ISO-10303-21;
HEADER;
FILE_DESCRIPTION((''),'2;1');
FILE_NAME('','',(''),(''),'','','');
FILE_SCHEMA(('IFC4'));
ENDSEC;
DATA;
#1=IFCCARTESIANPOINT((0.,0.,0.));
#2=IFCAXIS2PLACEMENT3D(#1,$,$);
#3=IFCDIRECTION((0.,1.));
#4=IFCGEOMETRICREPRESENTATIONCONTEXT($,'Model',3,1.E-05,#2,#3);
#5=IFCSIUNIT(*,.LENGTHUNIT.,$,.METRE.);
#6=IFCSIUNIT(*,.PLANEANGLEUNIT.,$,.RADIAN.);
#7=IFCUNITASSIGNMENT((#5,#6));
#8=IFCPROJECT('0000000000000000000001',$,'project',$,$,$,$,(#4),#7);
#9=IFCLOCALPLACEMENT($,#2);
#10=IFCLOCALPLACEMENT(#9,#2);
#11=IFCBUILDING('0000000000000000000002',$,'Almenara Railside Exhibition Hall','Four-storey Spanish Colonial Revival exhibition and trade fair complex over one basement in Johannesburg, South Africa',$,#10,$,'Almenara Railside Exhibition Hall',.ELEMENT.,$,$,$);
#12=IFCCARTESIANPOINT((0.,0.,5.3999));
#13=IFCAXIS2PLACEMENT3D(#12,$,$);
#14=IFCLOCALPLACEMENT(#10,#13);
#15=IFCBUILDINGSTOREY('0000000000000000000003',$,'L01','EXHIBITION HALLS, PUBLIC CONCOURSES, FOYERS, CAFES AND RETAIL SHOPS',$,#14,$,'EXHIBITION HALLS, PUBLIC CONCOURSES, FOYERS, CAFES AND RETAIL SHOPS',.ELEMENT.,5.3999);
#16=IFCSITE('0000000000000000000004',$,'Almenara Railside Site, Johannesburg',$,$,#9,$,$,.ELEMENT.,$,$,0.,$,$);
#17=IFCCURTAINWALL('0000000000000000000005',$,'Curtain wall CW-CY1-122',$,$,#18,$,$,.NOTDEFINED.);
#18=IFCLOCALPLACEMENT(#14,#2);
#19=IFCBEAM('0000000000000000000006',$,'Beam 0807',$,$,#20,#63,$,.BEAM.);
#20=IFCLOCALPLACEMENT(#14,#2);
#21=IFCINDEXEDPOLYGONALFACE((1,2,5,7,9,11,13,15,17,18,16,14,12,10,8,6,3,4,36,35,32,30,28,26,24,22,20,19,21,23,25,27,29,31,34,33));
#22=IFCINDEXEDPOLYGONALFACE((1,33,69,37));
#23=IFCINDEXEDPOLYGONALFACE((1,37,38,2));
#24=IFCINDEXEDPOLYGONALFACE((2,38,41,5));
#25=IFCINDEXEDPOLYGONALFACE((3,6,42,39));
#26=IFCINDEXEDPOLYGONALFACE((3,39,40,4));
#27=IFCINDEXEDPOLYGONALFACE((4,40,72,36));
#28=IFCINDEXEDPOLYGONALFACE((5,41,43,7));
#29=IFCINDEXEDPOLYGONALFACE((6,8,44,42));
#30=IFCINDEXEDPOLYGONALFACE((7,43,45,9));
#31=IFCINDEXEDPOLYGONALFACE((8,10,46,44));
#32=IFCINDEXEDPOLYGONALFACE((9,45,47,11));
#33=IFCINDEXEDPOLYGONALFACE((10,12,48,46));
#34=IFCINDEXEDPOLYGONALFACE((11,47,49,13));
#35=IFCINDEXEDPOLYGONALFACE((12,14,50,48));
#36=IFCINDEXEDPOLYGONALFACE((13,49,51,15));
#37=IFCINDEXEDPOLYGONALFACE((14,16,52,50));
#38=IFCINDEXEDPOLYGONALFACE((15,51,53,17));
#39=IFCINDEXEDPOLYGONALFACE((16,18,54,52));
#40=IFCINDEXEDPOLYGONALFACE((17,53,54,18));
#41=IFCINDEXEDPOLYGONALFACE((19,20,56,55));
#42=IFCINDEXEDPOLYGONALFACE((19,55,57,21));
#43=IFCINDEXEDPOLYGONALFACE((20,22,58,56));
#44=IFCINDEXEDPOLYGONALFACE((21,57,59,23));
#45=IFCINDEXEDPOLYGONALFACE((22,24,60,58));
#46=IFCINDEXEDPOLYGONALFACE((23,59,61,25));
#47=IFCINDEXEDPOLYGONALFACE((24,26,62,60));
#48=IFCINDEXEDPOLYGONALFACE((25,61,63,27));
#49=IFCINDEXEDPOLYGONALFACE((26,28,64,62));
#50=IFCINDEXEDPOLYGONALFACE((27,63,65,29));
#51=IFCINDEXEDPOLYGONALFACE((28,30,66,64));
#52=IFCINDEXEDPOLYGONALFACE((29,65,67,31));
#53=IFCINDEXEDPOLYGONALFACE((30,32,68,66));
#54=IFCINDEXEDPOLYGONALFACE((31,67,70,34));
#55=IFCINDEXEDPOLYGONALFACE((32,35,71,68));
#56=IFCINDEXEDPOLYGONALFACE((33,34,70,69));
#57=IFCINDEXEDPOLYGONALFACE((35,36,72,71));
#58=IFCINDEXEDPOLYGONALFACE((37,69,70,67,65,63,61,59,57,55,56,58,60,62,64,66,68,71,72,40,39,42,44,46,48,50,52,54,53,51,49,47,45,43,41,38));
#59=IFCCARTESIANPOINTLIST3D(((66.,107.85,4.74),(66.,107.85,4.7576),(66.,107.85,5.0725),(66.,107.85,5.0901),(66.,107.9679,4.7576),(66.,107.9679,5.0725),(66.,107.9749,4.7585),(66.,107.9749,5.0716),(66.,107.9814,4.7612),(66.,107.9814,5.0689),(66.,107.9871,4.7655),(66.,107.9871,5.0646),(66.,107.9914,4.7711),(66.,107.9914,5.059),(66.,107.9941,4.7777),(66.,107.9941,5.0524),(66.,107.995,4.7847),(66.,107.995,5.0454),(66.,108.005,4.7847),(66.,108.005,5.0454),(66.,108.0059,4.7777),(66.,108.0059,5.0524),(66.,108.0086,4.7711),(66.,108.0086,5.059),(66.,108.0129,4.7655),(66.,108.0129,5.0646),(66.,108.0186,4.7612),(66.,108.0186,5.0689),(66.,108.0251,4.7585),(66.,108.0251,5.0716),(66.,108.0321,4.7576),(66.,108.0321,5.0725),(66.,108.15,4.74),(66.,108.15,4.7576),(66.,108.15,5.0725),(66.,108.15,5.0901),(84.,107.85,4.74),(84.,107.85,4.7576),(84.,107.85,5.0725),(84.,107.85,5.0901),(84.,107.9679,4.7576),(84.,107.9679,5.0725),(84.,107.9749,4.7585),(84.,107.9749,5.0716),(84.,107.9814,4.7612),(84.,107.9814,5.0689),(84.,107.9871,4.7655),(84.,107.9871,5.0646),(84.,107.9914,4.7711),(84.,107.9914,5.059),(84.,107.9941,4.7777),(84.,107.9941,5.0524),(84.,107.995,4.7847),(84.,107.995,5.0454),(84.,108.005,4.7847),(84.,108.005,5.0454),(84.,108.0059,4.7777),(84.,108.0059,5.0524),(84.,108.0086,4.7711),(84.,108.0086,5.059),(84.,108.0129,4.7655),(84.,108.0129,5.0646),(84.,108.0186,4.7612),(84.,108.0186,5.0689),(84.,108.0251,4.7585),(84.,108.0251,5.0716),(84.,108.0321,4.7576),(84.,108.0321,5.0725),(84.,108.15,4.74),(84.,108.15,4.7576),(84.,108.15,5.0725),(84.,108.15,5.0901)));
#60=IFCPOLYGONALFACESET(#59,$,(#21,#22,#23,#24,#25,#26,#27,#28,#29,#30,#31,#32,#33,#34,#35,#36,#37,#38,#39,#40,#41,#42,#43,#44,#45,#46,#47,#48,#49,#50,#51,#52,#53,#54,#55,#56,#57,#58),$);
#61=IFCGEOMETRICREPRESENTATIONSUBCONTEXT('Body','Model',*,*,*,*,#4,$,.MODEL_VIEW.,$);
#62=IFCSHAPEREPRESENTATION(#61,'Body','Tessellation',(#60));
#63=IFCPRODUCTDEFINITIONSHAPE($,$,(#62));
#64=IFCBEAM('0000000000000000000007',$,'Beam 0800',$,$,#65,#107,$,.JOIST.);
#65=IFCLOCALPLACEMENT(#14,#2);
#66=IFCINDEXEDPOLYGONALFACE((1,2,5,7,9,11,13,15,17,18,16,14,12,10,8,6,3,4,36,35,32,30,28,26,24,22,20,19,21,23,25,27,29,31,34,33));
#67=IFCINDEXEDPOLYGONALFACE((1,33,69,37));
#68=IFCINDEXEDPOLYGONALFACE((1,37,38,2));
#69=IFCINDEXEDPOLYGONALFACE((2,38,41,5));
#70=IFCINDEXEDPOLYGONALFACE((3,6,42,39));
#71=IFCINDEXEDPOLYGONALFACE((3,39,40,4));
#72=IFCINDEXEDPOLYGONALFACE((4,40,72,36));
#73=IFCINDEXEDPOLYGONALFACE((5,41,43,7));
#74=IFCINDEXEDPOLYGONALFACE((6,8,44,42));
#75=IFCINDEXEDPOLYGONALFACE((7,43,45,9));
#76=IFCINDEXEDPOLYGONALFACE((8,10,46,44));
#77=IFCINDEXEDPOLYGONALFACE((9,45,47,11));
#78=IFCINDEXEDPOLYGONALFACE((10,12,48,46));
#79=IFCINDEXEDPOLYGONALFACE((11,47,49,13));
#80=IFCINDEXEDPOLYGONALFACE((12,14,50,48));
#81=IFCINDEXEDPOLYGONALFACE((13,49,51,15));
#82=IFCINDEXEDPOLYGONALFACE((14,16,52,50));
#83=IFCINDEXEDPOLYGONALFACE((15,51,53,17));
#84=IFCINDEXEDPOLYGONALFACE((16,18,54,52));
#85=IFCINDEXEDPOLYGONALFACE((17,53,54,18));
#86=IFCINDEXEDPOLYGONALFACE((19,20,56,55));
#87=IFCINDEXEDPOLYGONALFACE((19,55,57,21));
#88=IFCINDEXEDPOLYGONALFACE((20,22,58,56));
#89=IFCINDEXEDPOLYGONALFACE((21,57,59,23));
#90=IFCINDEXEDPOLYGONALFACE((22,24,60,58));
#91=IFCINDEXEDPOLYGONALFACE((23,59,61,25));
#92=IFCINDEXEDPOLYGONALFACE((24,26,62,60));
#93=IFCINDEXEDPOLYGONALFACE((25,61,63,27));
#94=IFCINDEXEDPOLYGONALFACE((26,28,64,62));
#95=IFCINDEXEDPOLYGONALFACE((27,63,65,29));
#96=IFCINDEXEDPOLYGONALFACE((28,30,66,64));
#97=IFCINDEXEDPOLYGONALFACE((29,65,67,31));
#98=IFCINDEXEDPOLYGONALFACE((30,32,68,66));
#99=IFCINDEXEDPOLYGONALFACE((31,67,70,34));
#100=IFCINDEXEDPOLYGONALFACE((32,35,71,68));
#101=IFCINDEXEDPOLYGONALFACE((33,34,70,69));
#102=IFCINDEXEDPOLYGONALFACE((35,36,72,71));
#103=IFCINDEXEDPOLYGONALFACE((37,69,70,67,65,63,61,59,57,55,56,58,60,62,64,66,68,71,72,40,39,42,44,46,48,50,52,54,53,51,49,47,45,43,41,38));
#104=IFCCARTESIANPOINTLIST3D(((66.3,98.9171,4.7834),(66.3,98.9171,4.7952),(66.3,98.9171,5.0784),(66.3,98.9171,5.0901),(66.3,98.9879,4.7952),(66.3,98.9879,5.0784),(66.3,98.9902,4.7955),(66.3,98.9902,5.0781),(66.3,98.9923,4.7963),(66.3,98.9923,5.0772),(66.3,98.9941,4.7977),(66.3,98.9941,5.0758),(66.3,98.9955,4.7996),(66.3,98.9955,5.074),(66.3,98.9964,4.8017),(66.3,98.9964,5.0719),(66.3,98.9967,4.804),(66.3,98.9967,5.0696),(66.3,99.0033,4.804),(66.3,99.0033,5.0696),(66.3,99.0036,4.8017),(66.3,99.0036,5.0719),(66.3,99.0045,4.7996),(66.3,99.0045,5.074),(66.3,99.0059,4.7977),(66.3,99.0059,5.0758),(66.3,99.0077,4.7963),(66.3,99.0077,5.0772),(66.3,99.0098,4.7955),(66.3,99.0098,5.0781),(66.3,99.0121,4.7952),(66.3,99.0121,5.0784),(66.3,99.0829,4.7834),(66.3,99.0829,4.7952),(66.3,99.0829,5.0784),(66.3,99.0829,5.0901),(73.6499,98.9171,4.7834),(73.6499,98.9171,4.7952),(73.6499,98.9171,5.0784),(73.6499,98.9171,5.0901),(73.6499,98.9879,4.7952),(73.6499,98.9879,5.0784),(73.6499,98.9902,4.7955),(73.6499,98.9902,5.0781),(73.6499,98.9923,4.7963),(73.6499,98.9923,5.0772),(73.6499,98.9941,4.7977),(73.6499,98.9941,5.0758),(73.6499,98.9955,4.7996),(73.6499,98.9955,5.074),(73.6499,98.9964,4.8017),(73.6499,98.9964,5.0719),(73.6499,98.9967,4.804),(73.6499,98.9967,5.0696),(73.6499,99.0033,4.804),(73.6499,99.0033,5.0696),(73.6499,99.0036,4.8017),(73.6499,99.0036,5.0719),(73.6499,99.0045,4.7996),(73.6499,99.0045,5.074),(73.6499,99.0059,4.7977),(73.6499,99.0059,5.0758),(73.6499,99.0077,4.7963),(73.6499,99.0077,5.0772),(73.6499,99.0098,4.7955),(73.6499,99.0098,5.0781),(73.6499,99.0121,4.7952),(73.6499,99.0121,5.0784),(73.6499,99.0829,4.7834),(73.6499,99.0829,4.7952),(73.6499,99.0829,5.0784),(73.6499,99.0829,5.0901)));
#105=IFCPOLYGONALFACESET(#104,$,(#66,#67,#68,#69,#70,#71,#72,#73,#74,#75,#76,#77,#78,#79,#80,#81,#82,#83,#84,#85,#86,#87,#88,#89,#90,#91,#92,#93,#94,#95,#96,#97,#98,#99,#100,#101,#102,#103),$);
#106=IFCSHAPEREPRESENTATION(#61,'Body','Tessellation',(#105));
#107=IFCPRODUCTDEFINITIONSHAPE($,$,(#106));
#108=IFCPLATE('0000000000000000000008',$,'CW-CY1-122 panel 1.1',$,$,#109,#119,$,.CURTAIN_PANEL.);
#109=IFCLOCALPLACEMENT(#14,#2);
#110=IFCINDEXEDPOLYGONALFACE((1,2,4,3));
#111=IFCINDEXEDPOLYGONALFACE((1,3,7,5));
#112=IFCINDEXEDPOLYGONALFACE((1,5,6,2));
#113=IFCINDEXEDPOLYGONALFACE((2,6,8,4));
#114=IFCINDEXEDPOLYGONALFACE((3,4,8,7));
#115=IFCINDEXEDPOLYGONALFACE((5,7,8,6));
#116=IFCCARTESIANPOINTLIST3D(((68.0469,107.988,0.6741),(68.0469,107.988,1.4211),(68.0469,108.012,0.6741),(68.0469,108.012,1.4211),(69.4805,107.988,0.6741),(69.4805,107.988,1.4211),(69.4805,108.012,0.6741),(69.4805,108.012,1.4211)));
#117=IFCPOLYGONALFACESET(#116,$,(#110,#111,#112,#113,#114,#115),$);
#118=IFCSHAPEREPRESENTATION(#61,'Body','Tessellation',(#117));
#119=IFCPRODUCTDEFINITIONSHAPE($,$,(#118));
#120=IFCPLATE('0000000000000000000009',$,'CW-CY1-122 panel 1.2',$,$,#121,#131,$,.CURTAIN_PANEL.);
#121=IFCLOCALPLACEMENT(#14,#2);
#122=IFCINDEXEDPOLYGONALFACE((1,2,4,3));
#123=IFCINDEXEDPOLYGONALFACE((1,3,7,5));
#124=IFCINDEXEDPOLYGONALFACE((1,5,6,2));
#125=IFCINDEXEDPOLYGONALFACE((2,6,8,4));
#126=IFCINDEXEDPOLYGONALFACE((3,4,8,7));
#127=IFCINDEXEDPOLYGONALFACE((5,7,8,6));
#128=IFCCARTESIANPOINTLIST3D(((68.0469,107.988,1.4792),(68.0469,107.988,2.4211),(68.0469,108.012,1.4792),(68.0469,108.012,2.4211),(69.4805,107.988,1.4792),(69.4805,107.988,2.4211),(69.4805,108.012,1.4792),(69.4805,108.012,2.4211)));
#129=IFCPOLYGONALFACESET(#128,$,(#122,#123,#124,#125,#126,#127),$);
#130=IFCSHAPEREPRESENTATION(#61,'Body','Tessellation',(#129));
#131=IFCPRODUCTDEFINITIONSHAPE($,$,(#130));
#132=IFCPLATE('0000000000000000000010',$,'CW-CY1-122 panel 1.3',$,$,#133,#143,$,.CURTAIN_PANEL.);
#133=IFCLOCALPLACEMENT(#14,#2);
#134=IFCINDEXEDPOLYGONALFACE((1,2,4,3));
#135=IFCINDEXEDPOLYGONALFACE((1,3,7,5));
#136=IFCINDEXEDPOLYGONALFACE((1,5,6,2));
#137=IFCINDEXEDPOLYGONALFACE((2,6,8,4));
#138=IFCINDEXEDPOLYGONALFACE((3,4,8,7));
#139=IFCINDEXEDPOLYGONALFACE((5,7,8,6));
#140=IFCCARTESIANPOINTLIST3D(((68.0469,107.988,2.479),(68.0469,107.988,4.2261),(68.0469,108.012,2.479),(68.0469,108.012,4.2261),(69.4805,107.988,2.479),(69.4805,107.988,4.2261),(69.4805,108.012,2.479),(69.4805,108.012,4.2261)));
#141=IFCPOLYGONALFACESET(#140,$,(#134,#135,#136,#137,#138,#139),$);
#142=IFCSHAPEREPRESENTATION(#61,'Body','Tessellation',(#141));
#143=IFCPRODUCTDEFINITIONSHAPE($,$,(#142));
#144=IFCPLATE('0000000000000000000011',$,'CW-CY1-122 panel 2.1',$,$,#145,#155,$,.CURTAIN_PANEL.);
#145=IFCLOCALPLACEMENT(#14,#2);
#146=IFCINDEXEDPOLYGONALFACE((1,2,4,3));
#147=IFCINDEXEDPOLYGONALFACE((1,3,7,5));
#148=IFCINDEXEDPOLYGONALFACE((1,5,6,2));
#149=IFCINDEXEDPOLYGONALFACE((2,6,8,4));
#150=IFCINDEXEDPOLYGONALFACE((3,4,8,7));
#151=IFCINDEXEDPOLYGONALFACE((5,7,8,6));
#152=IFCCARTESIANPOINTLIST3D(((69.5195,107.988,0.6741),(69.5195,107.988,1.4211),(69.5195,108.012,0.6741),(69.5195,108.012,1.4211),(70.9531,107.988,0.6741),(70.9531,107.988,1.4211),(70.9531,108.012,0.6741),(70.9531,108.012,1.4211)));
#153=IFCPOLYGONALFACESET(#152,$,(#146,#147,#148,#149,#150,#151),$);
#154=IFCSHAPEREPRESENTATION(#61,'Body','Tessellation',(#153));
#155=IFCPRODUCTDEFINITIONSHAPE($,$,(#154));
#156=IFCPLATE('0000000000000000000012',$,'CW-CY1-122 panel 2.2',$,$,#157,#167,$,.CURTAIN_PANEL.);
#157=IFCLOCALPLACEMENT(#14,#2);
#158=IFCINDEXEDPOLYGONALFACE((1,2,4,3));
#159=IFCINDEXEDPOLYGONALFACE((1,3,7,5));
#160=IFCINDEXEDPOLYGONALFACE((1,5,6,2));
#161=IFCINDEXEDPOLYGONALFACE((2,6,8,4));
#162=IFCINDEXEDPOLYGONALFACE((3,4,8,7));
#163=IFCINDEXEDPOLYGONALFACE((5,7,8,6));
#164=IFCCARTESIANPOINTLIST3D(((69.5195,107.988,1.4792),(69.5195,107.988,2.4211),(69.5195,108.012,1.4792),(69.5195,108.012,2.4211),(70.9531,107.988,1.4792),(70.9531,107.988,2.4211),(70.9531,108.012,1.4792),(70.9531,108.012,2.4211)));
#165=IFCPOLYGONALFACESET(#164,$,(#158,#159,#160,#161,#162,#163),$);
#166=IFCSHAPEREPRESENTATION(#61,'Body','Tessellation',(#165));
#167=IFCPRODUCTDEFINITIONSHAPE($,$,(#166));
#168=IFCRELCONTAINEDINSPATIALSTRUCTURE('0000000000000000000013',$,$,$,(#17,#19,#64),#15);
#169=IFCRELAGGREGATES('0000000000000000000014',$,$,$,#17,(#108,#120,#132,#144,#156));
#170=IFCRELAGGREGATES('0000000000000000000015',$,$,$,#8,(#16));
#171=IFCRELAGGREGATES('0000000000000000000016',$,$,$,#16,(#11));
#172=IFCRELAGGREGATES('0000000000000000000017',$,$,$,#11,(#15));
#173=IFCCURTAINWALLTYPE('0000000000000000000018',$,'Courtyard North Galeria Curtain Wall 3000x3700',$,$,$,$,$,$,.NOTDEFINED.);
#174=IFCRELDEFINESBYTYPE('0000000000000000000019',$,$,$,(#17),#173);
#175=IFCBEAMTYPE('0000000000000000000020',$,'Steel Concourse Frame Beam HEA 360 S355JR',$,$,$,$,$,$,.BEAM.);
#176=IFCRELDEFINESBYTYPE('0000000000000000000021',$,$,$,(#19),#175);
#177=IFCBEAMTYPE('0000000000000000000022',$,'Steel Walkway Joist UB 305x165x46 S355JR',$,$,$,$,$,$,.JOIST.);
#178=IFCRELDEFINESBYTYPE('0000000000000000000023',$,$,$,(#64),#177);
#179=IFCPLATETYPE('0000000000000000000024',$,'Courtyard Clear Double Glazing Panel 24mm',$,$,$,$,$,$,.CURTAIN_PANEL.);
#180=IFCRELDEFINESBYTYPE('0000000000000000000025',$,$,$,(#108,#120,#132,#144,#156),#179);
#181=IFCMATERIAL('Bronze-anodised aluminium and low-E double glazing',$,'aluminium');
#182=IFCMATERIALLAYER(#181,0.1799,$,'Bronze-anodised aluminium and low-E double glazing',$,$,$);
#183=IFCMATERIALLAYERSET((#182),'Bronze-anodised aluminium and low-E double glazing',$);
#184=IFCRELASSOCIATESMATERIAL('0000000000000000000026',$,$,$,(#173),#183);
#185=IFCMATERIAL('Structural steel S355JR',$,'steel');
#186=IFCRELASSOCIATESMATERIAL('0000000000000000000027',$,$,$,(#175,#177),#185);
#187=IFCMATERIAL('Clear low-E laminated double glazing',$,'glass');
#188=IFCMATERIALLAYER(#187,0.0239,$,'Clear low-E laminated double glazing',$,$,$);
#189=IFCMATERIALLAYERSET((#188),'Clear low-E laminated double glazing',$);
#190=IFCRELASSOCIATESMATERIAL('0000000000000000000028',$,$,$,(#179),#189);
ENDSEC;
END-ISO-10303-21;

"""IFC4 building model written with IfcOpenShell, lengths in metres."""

from ifc_helpers import new_model, si_unit, direction, frame, origin, origin_2d, place, context, subcontext, project, spatial, rectangle, i_section, extrude, material, layer, layer_set, material_profile, profile_set, type_object, element, aggregate, save


model = new_model("IFC4")

# Units and contexts
model_context = context("Model", 3, precision=1e-05, world=origin(), true_north=direction((0.0, 1.0)))
body_context = subcontext(model_context, "Body", "Model", "MODEL_VIEW")
ifc_project = project(units=[si_unit("LENGTHUNIT", "METRE"), si_unit("PLANEANGLEUNIT", "RADIAN")], contexts=[model_context])

# Site, building, storey
site_placement = place(None, origin())
site = spatial("IfcSite", under=ifc_project, at=site_placement, Name="Almenara Railside Site, Johannesburg", CompositionType="ELEMENT", RefElevation=0.0)
building_placement = place(site_placement, origin())
building = spatial("IfcBuilding", under=site, at=building_placement, Name="Almenara Railside Exhibition Hall", Description="Four-storey Spanish Colonial Revival exhibition and trade fair complex over one basement in Johannesburg, South Africa", LongName="Almenara Railside Exhibition Hall", CompositionType="ELEMENT")
storey_placement = place(building_placement, frame((0.0, 0.0, 5.3999)))
storey = spatial("IfcBuildingStorey", under=building, at=storey_placement, Name="L01", Description="EXHIBITION HALLS, PUBLIC CONCOURSES, FOYERS, CAFES AND RETAIL SHOPS", LongName="EXHIBITION HALLS, PUBLIC CONCOURSES, FOYERS, CAFES AND RETAIL SHOPS", CompositionType="ELEMENT", Elevation=5.3999)

# Curtain wall
ifc_material_1 = material(Name="Bronze-anodised aluminium and low-E double glazing", Category="aluminium")
ifc_layer_1 = layer(ifc_material_1, 0.1799, Name="Bronze-anodised aluminium and low-E double glazing")
ifc_layer_set_1 = layer_set([ifc_layer_1], Name="Bronze-anodised aluminium and low-E double glazing")
curtain_wall_type = type_object("IfcCurtainWallType", Name="Courtyard North Galeria Curtain Wall 3000x3700", PredefinedType="NOTDEFINED", material=ifc_layer_set_1)
curtain_wall_placement = place(storey_placement, origin())
curtain_wall = element("IfcCurtainWall", 1, at=curtain_wall_placement, inside=storey, type_object=curtain_wall_type, Name="Curtain wall CW-CY1-122", PredefinedType="NOTDEFINED")

# Beams
ifc_material_2 = material(Name="Structural steel S355JR", Category="steel")
ifc_material_profile_1 = material_profile(ifc_material_2, i_section(OverallWidth=0.3, OverallDepth=0.3501, WebThickness=0.01, FlangeThickness=0.0176, FilletRadius=0.0271, at=origin_2d()), Name="HEA 360")
ifc_profile_set_1 = profile_set([ifc_material_profile_1], Name="Structural steel S355JR")
beam_type_1 = type_object("IfcBeamType", Name="Steel Concourse Frame Beam HEA 360 S355JR", PredefinedType="BEAM", material=ifc_profile_set_1)
beam_1_placement = place(storey_placement, frame((66.0, 108.0, 4.915), z_axis=(1.0, 0.0, 0.0), x_axis=(0.0, 1.0, 0.0)))
element("IfcBeam", 2, at=beam_1_placement, inside=storey, type_object=beam_type_1, Name="Beam 0807", PredefinedType="BEAM", context=body_context, shape_type="SweptSolid", body=[
    extrude(i_section(OverallWidth=0.3, OverallDepth=0.3501, WebThickness=0.01, FlangeThickness=0.0176, FilletRadius=0.0271, at=origin_2d()), origin(), (0.0, 0.0, 1.0), 18.0),
])
ifc_material_profile_2 = material_profile(ifc_material_2, i_section(OverallWidth=0.1658, OverallDepth=0.3066, WebThickness=0.0066, FlangeThickness=0.0117, FilletRadius=0.0088, at=origin_2d()), Name="UB 305x165x46")
ifc_profile_set_2 = profile_set([ifc_material_profile_2], Name="Structural steel S355JR")
beam_type_2 = type_object("IfcBeamType", Name="Steel Walkway Joist UB 305x165x46 S355JR", PredefinedType="JOIST", material=ifc_profile_set_2)
beam_2_placement = place(storey_placement, frame((66.3, 99.0, 4.9368), z_axis=(1.0, 0.0, 0.0), x_axis=(0.0, 1.0, 0.0)))
element("IfcBeam", 3, at=beam_2_placement, inside=storey, type_object=beam_type_2, Name="Beam 0800", PredefinedType="JOIST", context=body_context, shape_type="SweptSolid", body=[
    extrude(i_section(OverallWidth=0.1658, OverallDepth=0.3066, WebThickness=0.0066, FlangeThickness=0.0117, FilletRadius=0.0088, at=origin_2d()), origin(), (0.0, 0.0, 1.0), 7.3499),
])

# Plates
ifc_material_3 = material(Name="Clear low-E laminated double glazing", Category="glass")
ifc_layer_2 = layer(ifc_material_3, 0.0239, Name="Clear low-E laminated double glazing")
ifc_layer_set_2 = layer_set([ifc_layer_2], Name="Clear low-E laminated double glazing")
plate_type = type_object("IfcPlateType", Name="Courtyard Clear Double Glazing Panel 24mm", PredefinedType="CURTAIN_PANEL", material=ifc_layer_set_2)
plate_1_placement = place(storey_placement, frame((68.7637, 108.0, 0.6741), z_axis=(0.0, 0.0, 1.0), x_axis=(1.0, 0.0, 0.0)))
plate_1 = element("IfcPlate", 4, at=plate_1_placement, type_object=plate_type, Name="CW-CY1-122 panel 1.1", PredefinedType="CURTAIN_PANEL", context=body_context, shape_type="SweptSolid", body=[
    extrude(rectangle(XDim=1.4336, YDim=0.0239, at=origin_2d()), origin(), (0.0, 0.0, 1.0), 0.7471),
])
plate_2_placement = place(storey_placement, frame((68.7637, 108.0, 1.4792), z_axis=(0.0, 0.0, 1.0), x_axis=(1.0, 0.0, 0.0)))
plate_2 = element("IfcPlate", 5, at=plate_2_placement, type_object=plate_type, Name="CW-CY1-122 panel 1.2", PredefinedType="CURTAIN_PANEL", context=body_context, shape_type="SweptSolid", body=[
    extrude(rectangle(XDim=1.4336, YDim=0.0239, at=origin_2d()), origin(), (0.0, 0.0, 1.0), 0.9419),
])
plate_3_placement = place(storey_placement, frame((68.7637, 108.0, 2.479), z_axis=(0.0, 0.0, 1.0), x_axis=(1.0, 0.0, 0.0)))
plate_3 = element("IfcPlate", 6, at=plate_3_placement, type_object=plate_type, Name="CW-CY1-122 panel 1.3", PredefinedType="CURTAIN_PANEL", context=body_context, shape_type="SweptSolid", body=[
    extrude(rectangle(XDim=1.4336, YDim=0.0239, at=origin_2d()), origin(), (0.0, 0.0, 1.0), 1.7471),
])
plate_4_placement = place(storey_placement, frame((70.2363, 108.0, 0.6741), z_axis=(0.0, 0.0, 1.0), x_axis=(1.0, 0.0, 0.0)))
plate_4 = element("IfcPlate", 7, at=plate_4_placement, type_object=plate_type, Name="CW-CY1-122 panel 2.1", PredefinedType="CURTAIN_PANEL", context=body_context, shape_type="SweptSolid", body=[
    extrude(rectangle(XDim=1.4336, YDim=0.0239, at=origin_2d()), origin(), (0.0, 0.0, 1.0), 0.7471),
])
plate_5_placement = place(storey_placement, frame((70.2363, 108.0, 1.4792), z_axis=(0.0, 0.0, 1.0), x_axis=(1.0, 0.0, 0.0)))
plate_5 = element("IfcPlate", 8, at=plate_5_placement, type_object=plate_type, Name="CW-CY1-122 panel 2.2", PredefinedType="CURTAIN_PANEL", context=body_context, shape_type="SweptSolid", body=[
    extrude(rectangle(XDim=1.4336, YDim=0.0239, at=origin_2d()), origin(), (0.0, 0.0, 1.0), 0.9419),
])
aggregate(curtain_wall, [plate_1, plate_2, plate_3, plate_4, plate_5])

save(model, "model.ifc")
